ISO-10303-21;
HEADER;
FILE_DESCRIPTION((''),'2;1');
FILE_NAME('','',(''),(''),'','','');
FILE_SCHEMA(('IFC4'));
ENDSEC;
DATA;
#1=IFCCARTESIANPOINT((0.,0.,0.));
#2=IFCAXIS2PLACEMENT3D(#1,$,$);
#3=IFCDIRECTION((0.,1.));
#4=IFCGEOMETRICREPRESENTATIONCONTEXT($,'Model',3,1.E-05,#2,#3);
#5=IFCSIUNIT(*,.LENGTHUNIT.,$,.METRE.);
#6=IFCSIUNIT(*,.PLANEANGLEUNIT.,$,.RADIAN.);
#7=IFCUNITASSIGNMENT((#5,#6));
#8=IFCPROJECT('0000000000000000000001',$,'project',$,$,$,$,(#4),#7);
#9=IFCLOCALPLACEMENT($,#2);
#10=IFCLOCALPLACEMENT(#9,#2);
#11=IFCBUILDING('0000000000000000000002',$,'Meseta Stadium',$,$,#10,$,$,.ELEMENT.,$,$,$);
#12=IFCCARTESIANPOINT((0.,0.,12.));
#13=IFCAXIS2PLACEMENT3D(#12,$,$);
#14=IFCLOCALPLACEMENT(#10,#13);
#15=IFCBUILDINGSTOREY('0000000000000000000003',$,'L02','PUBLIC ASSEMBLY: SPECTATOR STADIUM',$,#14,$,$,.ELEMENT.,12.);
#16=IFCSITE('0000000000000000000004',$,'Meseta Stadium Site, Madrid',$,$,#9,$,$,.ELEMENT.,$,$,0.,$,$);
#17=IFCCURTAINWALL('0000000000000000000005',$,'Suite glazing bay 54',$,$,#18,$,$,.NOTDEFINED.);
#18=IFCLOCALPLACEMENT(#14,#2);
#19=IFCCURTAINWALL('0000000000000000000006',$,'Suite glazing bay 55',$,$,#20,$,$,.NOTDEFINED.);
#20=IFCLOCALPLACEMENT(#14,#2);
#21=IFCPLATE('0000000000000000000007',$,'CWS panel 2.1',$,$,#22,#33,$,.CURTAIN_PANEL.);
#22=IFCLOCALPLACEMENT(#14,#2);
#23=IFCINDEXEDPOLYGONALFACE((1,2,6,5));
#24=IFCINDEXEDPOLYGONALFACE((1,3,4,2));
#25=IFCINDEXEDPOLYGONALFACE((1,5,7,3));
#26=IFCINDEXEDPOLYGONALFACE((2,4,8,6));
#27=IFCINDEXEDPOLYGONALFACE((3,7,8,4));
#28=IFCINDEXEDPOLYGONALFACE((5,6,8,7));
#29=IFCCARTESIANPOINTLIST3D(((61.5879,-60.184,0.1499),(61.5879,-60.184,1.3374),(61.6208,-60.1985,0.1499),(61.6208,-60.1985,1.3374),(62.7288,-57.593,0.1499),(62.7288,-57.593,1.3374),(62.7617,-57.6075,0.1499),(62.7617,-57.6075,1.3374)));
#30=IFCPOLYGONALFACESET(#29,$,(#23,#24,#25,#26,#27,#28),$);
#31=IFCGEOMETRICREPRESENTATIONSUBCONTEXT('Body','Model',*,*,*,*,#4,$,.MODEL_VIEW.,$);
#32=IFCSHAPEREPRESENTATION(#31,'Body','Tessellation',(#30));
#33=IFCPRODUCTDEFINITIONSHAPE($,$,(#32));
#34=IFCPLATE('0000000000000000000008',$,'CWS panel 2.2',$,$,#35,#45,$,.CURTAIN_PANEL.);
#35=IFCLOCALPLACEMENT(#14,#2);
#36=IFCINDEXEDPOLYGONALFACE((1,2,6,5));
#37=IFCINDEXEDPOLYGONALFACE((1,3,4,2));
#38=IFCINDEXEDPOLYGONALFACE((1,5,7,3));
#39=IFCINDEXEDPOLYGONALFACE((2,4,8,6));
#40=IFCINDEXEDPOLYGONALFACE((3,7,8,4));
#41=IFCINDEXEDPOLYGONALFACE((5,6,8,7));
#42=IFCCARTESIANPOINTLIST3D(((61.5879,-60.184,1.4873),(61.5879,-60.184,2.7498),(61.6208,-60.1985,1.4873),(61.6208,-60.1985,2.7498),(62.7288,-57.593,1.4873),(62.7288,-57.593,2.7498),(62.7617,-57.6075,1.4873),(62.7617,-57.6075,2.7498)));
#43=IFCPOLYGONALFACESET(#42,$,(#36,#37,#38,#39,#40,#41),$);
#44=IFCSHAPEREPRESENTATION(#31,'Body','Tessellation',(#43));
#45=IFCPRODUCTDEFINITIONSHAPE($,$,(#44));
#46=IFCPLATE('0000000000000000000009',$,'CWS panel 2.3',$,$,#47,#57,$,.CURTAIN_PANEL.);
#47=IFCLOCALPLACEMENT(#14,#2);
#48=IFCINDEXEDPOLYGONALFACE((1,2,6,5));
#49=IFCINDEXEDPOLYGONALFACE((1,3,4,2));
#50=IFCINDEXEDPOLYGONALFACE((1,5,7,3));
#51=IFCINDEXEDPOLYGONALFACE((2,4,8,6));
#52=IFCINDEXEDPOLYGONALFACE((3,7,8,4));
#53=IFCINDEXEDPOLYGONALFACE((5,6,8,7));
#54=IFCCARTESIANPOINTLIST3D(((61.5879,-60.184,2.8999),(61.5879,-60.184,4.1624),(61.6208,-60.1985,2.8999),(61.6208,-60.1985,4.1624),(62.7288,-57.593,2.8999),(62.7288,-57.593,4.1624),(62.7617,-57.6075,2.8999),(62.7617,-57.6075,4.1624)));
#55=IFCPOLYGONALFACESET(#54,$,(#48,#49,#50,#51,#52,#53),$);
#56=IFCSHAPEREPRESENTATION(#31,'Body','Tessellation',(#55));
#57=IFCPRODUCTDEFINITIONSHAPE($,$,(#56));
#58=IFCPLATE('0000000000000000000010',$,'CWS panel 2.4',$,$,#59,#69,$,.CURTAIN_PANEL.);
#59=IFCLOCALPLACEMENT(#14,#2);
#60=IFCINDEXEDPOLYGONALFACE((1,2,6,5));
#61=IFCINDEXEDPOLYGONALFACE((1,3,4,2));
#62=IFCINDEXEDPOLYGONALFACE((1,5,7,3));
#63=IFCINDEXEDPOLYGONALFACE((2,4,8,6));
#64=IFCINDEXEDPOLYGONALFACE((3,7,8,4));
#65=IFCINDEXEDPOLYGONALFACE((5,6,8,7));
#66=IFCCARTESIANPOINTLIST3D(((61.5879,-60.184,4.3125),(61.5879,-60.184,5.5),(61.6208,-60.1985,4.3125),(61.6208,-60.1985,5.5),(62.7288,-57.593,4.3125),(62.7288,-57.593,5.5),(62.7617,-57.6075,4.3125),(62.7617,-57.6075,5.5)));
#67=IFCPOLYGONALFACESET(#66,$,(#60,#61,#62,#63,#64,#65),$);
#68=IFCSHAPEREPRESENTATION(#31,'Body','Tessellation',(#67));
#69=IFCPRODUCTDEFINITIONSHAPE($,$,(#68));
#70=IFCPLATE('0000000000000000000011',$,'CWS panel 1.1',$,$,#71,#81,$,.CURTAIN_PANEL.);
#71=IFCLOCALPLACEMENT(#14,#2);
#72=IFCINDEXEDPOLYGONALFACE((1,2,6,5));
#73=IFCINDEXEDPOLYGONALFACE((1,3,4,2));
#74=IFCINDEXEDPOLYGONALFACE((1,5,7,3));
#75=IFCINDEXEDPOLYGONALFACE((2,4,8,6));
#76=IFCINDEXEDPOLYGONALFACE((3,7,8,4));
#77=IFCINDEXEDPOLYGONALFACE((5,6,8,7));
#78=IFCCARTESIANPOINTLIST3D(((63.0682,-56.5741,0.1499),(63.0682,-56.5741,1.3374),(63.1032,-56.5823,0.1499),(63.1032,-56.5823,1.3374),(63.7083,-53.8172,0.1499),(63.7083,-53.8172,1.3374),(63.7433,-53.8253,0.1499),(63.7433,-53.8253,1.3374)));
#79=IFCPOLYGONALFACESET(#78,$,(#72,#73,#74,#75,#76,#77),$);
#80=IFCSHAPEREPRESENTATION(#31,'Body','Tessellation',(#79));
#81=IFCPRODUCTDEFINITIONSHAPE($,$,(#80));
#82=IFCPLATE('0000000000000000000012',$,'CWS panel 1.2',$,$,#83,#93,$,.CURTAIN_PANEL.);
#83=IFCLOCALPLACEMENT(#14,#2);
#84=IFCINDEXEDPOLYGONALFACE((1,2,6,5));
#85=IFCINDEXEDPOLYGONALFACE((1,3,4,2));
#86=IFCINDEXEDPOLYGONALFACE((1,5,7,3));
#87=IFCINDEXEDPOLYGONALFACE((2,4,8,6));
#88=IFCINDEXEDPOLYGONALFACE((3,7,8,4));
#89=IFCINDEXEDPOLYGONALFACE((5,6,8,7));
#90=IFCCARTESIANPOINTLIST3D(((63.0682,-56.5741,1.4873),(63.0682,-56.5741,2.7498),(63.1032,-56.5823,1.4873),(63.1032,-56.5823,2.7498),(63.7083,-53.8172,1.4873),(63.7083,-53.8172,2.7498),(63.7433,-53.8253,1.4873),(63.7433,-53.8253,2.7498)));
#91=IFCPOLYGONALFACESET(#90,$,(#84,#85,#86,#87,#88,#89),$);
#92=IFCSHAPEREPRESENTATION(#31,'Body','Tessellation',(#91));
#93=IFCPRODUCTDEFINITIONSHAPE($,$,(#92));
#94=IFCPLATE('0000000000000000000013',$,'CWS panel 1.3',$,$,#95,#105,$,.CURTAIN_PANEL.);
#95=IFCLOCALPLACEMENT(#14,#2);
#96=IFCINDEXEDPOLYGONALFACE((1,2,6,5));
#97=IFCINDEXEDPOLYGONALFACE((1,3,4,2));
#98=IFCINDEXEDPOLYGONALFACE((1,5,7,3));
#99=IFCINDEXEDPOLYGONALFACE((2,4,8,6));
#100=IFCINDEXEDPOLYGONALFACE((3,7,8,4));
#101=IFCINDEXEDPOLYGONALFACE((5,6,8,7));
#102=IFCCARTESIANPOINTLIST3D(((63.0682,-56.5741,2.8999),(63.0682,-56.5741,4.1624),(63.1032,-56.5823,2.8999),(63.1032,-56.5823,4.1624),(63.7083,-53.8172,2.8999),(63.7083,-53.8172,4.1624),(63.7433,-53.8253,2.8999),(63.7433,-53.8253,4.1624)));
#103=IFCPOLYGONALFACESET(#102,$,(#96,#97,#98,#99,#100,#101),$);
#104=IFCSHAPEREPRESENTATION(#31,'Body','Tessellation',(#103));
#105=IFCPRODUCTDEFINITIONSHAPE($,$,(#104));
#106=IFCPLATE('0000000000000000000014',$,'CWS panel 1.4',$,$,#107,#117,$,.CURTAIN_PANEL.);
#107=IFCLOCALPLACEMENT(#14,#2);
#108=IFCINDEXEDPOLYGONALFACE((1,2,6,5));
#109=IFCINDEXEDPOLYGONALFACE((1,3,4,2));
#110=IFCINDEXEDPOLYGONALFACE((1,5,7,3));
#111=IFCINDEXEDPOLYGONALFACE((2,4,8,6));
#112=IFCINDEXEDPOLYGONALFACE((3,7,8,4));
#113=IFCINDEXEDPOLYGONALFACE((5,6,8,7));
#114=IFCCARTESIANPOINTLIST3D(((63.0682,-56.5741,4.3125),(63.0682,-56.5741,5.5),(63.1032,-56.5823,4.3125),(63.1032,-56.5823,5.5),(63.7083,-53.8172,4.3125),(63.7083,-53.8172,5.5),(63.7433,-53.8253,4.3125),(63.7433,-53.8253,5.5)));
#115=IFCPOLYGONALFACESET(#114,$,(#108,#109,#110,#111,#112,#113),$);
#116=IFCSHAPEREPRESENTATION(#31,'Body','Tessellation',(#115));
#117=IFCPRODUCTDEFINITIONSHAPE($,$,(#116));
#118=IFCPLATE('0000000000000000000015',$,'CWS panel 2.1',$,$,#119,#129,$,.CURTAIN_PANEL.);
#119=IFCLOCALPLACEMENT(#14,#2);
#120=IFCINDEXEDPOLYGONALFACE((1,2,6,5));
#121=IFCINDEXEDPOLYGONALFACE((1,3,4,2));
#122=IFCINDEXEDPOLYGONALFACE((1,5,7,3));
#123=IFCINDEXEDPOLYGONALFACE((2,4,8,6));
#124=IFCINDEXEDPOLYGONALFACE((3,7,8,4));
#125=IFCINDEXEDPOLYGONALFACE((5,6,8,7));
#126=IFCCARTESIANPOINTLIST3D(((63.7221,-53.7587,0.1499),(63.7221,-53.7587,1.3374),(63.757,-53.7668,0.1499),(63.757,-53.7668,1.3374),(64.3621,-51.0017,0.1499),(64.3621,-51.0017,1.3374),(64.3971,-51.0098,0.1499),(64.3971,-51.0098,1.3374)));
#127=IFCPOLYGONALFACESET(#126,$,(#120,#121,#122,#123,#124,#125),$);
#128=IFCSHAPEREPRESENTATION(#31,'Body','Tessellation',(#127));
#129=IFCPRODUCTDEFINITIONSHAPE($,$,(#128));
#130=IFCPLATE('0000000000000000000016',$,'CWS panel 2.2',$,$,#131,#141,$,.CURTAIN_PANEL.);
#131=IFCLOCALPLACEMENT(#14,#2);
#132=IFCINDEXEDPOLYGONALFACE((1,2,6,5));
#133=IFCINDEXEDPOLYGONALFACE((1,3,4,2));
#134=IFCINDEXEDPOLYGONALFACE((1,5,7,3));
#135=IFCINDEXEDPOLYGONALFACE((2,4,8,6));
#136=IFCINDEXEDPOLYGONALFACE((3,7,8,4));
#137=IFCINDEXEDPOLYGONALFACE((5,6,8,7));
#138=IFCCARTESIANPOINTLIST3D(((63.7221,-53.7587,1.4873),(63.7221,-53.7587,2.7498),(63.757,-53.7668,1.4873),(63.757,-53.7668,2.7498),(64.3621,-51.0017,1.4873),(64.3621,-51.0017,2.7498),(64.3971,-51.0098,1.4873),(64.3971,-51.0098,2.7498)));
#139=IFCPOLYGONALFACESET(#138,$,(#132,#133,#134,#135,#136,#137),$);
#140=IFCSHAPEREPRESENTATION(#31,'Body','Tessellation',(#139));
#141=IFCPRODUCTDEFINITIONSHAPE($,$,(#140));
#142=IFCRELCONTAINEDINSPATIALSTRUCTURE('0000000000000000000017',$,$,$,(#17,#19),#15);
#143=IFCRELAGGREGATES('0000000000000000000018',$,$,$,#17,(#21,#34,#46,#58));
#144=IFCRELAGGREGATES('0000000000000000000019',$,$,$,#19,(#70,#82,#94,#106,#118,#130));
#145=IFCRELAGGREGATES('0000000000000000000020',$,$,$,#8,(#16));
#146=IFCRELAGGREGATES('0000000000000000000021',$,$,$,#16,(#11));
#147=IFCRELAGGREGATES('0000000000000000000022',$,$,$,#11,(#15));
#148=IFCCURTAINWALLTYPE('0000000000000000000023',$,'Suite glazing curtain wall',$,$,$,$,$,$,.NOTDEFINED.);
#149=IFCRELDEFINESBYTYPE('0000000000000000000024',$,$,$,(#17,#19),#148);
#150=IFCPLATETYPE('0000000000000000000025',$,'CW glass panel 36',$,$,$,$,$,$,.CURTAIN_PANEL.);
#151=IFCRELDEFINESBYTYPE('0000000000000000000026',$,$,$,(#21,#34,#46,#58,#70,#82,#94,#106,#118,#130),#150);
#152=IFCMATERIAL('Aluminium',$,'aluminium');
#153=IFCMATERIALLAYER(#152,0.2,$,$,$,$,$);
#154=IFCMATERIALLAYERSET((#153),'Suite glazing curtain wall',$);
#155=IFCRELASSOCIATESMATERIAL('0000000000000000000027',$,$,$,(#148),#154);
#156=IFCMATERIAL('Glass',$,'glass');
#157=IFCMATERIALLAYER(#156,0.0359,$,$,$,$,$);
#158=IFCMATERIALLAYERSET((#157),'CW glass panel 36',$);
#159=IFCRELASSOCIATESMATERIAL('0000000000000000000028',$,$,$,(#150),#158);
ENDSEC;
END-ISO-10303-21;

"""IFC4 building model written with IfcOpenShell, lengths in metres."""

from ifc_helpers import new_model, si_unit, direction, frame, origin, origin_2d, place, context, subcontext, project, spatial, rectangle, extrude, material, layer, layer_set, type_object, element, aggregate, save


model = new_model("IFC4")

# Units and contexts
model_context = context("Model", 3, precision=1e-05, world=origin(), true_north=direction((0.0, 1.0)))
body_context = subcontext(model_context, "Body", "Model", "MODEL_VIEW")
ifc_project = project(units=[si_unit("LENGTHUNIT", "METRE"), si_unit("PLANEANGLEUNIT", "RADIAN")], contexts=[model_context])

# Site, building, storey
site_placement = place(None, origin())
site = spatial("IfcSite", under=ifc_project, at=site_placement, Name="Meseta Stadium Site, Madrid", CompositionType="ELEMENT", RefElevation=0.0)
building_placement = place(site_placement, origin())
building = spatial("IfcBuilding", under=site, at=building_placement, Name="Meseta Stadium", CompositionType="ELEMENT")
storey_placement = place(building_placement, frame((0.0, 0.0, 12.0)))
storey = spatial("IfcBuildingStorey", under=building, at=storey_placement, Name="L02", Description="PUBLIC ASSEMBLY: SPECTATOR STADIUM", CompositionType="ELEMENT", Elevation=12.0)

# Curtain walls
ifc_material_1 = material(Name="Aluminium", Category="aluminium")
ifc_layer_1 = layer(ifc_material_1, 0.2)
ifc_layer_set_1 = layer_set([ifc_layer_1], Name="Suite glazing curtain wall")
curtain_wall_type = type_object("IfcCurtainWallType", Name="Suite glazing curtain wall", PredefinedType="NOTDEFINED", material=ifc_layer_set_1)
curtain_wall_1_placement = place(storey_placement, origin())
curtain_wall_1 = element("IfcCurtainWall", 1, at=curtain_wall_1_placement, inside=storey, type_object=curtain_wall_type, Name="Suite glazing bay 54", PredefinedType="NOTDEFINED")
curtain_wall_2_placement = place(storey_placement, origin())
curtain_wall_2 = element("IfcCurtainWall", 2, at=curtain_wall_2_placement, inside=storey, type_object=curtain_wall_type, Name="Suite glazing bay 55", PredefinedType="NOTDEFINED")

# Plates
ifc_material_2 = material(Name="Glass", Category="glass")
ifc_layer_2 = layer(ifc_material_2, 0.0359)
ifc_layer_set_2 = layer_set([ifc_layer_2], Name="CW glass panel 36")
plate_type = type_object("IfcPlateType", Name="CW glass panel 36", PredefinedType="CURTAIN_PANEL", material=ifc_layer_set_2)
plate_1_placement = place(storey_placement, frame((62.1748, -58.8958, 0.1499), z_axis=(0.0, 0.0, 1.0), x_axis=(0.402983, 0.915207, 0.0)))
plate_1 = element("IfcPlate", 3, at=plate_1_placement, type_object=plate_type, Name="CWS panel 2.1", PredefinedType="CURTAIN_PANEL", context=body_context, shape_type="SweptSolid", body=[
    extrude(rectangle(XDim=2.8311, YDim=0.0359, at=origin_2d()), origin(), (0.0, 0.0, 1.0), 1.1875),
])
plate_2_placement = place(storey_placement, frame((62.1748, -58.8958, 1.4873), z_axis=(0.0, 0.0, 1.0), x_axis=(0.402983, 0.915207, 0.0)))
plate_2 = element("IfcPlate", 4, at=plate_2_placement, type_object=plate_type, Name="CWS panel 2.2", PredefinedType="CURTAIN_PANEL", context=body_context, shape_type="SweptSolid", body=[
    extrude(rectangle(XDim=2.8311, YDim=0.0359, at=origin_2d()), origin(), (0.0, 0.0, 1.0), 1.2625),
])
plate_3_placement = place(storey_placement, frame((62.1748, -58.8958, 2.8999), z_axis=(0.0, 0.0, 1.0), x_axis=(0.402983, 0.915207, 0.0)))
plate_3 = element("IfcPlate", 5, at=plate_3_placement, type_object=plate_type, Name="CWS panel 2.3", PredefinedType="CURTAIN_PANEL", context=body_context, shape_type="SweptSolid", body=[
    extrude(rectangle(XDim=2.8311, YDim=0.0359, at=origin_2d()), origin(), (0.0, 0.0, 1.0), 1.2625),
])
plate_4_placement = place(storey_placement, frame((62.1748, -58.8958, 4.3125), z_axis=(0.0, 0.0, 1.0), x_axis=(0.402983, 0.915207, 0.0)))
plate_4 = element("IfcPlate", 6, at=plate_4_placement, type_object=plate_type, Name="CWS panel 2.4", PredefinedType="CURTAIN_PANEL", context=body_context, shape_type="SweptSolid", body=[
    extrude(rectangle(XDim=2.8311, YDim=0.0359, at=origin_2d()), origin(), (0.0, 0.0, 1.0), 1.1875),
])
aggregate(curtain_wall_1, [plate_1, plate_2, plate_3, plate_4])
plate_5_placement = place(storey_placement, frame((63.4058, -55.1997, 0.1499), z_axis=(0.0, 0.0, 1.0), x_axis=(0.226148, 0.974093, 0.0)))
plate_5 = element("IfcPlate", 7, at=plate_5_placement, type_object=plate_type, Name="CWS panel 1.1", PredefinedType="CURTAIN_PANEL", context=body_context, shape_type="SweptSolid", body=[
    extrude(rectangle(XDim=2.8303, YDim=0.0359, at=origin_2d()), origin(), (0.0, 0.0, 1.0), 1.1875),
])
plate_6_placement = place(storey_placement, frame((63.4058, -55.1997, 1.4873), z_axis=(0.0, 0.0, 1.0), x_axis=(0.226148, 0.974093, 0.0)))
plate_6 = element("IfcPlate", 8, at=plate_6_placement, type_object=plate_type, Name="CWS panel 1.2", PredefinedType="CURTAIN_PANEL", context=body_context, shape_type="SweptSolid", body=[
    extrude(rectangle(XDim=2.8303, YDim=0.0359, at=origin_2d()), origin(), (0.0, 0.0, 1.0), 1.2625),
])
plate_7_placement = place(storey_placement, frame((63.4058, -55.1997, 2.8999), z_axis=(0.0, 0.0, 1.0), x_axis=(0.226148, 0.974093, 0.0)))
plate_7 = element("IfcPlate", 9, at=plate_7_placement, type_object=plate_type, Name="CWS panel 1.3", PredefinedType="CURTAIN_PANEL", context=body_context, shape_type="SweptSolid", body=[
    extrude(rectangle(XDim=2.8303, YDim=0.0359, at=origin_2d()), origin(), (0.0, 0.0, 1.0), 1.2625),
])
plate_8_placement = place(storey_placement, frame((63.4058, -55.1997, 4.3125), z_axis=(0.0, 0.0, 1.0), x_axis=(0.226148, 0.974093, 0.0)))
plate_8 = element("IfcPlate", 10, at=plate_8_placement, type_object=plate_type, Name="CWS panel 1.4", PredefinedType="CURTAIN_PANEL", context=body_context, shape_type="SweptSolid", body=[
    extrude(rectangle(XDim=2.8303, YDim=0.0359, at=origin_2d()), origin(), (0.0, 0.0, 1.0), 1.1875),
])
plate_9_placement = place(storey_placement, frame((64.0596, -52.3843, 0.1499), z_axis=(0.0, 0.0, 1.0), x_axis=(0.226148, 0.974093, 0.0)))
plate_9 = element("IfcPlate", 11, at=plate_9_placement, type_object=plate_type, Name="CWS panel 2.1", PredefinedType="CURTAIN_PANEL", context=body_context, shape_type="SweptSolid", body=[
    extrude(rectangle(XDim=2.8303, YDim=0.0359, at=origin_2d()), origin(), (0.0, 0.0, 1.0), 1.1875),
])
plate_10_placement = place(storey_placement, frame((64.0596, -52.3843, 1.4873), z_axis=(0.0, 0.0, 1.0), x_axis=(0.226148, 0.974093, 0.0)))
plate_10 = element("IfcPlate", 12, at=plate_10_placement, type_object=plate_type, Name="CWS panel 2.2", PredefinedType="CURTAIN_PANEL", context=body_context, shape_type="SweptSolid", body=[
    extrude(rectangle(XDim=2.8303, YDim=0.0359, at=origin_2d()), origin(), (0.0, 0.0, 1.0), 1.2625),
])
aggregate(curtain_wall_2, [plate_5, plate_6, plate_7, plate_8, plate_9, plate_10])

save(model, "model.ifc")
